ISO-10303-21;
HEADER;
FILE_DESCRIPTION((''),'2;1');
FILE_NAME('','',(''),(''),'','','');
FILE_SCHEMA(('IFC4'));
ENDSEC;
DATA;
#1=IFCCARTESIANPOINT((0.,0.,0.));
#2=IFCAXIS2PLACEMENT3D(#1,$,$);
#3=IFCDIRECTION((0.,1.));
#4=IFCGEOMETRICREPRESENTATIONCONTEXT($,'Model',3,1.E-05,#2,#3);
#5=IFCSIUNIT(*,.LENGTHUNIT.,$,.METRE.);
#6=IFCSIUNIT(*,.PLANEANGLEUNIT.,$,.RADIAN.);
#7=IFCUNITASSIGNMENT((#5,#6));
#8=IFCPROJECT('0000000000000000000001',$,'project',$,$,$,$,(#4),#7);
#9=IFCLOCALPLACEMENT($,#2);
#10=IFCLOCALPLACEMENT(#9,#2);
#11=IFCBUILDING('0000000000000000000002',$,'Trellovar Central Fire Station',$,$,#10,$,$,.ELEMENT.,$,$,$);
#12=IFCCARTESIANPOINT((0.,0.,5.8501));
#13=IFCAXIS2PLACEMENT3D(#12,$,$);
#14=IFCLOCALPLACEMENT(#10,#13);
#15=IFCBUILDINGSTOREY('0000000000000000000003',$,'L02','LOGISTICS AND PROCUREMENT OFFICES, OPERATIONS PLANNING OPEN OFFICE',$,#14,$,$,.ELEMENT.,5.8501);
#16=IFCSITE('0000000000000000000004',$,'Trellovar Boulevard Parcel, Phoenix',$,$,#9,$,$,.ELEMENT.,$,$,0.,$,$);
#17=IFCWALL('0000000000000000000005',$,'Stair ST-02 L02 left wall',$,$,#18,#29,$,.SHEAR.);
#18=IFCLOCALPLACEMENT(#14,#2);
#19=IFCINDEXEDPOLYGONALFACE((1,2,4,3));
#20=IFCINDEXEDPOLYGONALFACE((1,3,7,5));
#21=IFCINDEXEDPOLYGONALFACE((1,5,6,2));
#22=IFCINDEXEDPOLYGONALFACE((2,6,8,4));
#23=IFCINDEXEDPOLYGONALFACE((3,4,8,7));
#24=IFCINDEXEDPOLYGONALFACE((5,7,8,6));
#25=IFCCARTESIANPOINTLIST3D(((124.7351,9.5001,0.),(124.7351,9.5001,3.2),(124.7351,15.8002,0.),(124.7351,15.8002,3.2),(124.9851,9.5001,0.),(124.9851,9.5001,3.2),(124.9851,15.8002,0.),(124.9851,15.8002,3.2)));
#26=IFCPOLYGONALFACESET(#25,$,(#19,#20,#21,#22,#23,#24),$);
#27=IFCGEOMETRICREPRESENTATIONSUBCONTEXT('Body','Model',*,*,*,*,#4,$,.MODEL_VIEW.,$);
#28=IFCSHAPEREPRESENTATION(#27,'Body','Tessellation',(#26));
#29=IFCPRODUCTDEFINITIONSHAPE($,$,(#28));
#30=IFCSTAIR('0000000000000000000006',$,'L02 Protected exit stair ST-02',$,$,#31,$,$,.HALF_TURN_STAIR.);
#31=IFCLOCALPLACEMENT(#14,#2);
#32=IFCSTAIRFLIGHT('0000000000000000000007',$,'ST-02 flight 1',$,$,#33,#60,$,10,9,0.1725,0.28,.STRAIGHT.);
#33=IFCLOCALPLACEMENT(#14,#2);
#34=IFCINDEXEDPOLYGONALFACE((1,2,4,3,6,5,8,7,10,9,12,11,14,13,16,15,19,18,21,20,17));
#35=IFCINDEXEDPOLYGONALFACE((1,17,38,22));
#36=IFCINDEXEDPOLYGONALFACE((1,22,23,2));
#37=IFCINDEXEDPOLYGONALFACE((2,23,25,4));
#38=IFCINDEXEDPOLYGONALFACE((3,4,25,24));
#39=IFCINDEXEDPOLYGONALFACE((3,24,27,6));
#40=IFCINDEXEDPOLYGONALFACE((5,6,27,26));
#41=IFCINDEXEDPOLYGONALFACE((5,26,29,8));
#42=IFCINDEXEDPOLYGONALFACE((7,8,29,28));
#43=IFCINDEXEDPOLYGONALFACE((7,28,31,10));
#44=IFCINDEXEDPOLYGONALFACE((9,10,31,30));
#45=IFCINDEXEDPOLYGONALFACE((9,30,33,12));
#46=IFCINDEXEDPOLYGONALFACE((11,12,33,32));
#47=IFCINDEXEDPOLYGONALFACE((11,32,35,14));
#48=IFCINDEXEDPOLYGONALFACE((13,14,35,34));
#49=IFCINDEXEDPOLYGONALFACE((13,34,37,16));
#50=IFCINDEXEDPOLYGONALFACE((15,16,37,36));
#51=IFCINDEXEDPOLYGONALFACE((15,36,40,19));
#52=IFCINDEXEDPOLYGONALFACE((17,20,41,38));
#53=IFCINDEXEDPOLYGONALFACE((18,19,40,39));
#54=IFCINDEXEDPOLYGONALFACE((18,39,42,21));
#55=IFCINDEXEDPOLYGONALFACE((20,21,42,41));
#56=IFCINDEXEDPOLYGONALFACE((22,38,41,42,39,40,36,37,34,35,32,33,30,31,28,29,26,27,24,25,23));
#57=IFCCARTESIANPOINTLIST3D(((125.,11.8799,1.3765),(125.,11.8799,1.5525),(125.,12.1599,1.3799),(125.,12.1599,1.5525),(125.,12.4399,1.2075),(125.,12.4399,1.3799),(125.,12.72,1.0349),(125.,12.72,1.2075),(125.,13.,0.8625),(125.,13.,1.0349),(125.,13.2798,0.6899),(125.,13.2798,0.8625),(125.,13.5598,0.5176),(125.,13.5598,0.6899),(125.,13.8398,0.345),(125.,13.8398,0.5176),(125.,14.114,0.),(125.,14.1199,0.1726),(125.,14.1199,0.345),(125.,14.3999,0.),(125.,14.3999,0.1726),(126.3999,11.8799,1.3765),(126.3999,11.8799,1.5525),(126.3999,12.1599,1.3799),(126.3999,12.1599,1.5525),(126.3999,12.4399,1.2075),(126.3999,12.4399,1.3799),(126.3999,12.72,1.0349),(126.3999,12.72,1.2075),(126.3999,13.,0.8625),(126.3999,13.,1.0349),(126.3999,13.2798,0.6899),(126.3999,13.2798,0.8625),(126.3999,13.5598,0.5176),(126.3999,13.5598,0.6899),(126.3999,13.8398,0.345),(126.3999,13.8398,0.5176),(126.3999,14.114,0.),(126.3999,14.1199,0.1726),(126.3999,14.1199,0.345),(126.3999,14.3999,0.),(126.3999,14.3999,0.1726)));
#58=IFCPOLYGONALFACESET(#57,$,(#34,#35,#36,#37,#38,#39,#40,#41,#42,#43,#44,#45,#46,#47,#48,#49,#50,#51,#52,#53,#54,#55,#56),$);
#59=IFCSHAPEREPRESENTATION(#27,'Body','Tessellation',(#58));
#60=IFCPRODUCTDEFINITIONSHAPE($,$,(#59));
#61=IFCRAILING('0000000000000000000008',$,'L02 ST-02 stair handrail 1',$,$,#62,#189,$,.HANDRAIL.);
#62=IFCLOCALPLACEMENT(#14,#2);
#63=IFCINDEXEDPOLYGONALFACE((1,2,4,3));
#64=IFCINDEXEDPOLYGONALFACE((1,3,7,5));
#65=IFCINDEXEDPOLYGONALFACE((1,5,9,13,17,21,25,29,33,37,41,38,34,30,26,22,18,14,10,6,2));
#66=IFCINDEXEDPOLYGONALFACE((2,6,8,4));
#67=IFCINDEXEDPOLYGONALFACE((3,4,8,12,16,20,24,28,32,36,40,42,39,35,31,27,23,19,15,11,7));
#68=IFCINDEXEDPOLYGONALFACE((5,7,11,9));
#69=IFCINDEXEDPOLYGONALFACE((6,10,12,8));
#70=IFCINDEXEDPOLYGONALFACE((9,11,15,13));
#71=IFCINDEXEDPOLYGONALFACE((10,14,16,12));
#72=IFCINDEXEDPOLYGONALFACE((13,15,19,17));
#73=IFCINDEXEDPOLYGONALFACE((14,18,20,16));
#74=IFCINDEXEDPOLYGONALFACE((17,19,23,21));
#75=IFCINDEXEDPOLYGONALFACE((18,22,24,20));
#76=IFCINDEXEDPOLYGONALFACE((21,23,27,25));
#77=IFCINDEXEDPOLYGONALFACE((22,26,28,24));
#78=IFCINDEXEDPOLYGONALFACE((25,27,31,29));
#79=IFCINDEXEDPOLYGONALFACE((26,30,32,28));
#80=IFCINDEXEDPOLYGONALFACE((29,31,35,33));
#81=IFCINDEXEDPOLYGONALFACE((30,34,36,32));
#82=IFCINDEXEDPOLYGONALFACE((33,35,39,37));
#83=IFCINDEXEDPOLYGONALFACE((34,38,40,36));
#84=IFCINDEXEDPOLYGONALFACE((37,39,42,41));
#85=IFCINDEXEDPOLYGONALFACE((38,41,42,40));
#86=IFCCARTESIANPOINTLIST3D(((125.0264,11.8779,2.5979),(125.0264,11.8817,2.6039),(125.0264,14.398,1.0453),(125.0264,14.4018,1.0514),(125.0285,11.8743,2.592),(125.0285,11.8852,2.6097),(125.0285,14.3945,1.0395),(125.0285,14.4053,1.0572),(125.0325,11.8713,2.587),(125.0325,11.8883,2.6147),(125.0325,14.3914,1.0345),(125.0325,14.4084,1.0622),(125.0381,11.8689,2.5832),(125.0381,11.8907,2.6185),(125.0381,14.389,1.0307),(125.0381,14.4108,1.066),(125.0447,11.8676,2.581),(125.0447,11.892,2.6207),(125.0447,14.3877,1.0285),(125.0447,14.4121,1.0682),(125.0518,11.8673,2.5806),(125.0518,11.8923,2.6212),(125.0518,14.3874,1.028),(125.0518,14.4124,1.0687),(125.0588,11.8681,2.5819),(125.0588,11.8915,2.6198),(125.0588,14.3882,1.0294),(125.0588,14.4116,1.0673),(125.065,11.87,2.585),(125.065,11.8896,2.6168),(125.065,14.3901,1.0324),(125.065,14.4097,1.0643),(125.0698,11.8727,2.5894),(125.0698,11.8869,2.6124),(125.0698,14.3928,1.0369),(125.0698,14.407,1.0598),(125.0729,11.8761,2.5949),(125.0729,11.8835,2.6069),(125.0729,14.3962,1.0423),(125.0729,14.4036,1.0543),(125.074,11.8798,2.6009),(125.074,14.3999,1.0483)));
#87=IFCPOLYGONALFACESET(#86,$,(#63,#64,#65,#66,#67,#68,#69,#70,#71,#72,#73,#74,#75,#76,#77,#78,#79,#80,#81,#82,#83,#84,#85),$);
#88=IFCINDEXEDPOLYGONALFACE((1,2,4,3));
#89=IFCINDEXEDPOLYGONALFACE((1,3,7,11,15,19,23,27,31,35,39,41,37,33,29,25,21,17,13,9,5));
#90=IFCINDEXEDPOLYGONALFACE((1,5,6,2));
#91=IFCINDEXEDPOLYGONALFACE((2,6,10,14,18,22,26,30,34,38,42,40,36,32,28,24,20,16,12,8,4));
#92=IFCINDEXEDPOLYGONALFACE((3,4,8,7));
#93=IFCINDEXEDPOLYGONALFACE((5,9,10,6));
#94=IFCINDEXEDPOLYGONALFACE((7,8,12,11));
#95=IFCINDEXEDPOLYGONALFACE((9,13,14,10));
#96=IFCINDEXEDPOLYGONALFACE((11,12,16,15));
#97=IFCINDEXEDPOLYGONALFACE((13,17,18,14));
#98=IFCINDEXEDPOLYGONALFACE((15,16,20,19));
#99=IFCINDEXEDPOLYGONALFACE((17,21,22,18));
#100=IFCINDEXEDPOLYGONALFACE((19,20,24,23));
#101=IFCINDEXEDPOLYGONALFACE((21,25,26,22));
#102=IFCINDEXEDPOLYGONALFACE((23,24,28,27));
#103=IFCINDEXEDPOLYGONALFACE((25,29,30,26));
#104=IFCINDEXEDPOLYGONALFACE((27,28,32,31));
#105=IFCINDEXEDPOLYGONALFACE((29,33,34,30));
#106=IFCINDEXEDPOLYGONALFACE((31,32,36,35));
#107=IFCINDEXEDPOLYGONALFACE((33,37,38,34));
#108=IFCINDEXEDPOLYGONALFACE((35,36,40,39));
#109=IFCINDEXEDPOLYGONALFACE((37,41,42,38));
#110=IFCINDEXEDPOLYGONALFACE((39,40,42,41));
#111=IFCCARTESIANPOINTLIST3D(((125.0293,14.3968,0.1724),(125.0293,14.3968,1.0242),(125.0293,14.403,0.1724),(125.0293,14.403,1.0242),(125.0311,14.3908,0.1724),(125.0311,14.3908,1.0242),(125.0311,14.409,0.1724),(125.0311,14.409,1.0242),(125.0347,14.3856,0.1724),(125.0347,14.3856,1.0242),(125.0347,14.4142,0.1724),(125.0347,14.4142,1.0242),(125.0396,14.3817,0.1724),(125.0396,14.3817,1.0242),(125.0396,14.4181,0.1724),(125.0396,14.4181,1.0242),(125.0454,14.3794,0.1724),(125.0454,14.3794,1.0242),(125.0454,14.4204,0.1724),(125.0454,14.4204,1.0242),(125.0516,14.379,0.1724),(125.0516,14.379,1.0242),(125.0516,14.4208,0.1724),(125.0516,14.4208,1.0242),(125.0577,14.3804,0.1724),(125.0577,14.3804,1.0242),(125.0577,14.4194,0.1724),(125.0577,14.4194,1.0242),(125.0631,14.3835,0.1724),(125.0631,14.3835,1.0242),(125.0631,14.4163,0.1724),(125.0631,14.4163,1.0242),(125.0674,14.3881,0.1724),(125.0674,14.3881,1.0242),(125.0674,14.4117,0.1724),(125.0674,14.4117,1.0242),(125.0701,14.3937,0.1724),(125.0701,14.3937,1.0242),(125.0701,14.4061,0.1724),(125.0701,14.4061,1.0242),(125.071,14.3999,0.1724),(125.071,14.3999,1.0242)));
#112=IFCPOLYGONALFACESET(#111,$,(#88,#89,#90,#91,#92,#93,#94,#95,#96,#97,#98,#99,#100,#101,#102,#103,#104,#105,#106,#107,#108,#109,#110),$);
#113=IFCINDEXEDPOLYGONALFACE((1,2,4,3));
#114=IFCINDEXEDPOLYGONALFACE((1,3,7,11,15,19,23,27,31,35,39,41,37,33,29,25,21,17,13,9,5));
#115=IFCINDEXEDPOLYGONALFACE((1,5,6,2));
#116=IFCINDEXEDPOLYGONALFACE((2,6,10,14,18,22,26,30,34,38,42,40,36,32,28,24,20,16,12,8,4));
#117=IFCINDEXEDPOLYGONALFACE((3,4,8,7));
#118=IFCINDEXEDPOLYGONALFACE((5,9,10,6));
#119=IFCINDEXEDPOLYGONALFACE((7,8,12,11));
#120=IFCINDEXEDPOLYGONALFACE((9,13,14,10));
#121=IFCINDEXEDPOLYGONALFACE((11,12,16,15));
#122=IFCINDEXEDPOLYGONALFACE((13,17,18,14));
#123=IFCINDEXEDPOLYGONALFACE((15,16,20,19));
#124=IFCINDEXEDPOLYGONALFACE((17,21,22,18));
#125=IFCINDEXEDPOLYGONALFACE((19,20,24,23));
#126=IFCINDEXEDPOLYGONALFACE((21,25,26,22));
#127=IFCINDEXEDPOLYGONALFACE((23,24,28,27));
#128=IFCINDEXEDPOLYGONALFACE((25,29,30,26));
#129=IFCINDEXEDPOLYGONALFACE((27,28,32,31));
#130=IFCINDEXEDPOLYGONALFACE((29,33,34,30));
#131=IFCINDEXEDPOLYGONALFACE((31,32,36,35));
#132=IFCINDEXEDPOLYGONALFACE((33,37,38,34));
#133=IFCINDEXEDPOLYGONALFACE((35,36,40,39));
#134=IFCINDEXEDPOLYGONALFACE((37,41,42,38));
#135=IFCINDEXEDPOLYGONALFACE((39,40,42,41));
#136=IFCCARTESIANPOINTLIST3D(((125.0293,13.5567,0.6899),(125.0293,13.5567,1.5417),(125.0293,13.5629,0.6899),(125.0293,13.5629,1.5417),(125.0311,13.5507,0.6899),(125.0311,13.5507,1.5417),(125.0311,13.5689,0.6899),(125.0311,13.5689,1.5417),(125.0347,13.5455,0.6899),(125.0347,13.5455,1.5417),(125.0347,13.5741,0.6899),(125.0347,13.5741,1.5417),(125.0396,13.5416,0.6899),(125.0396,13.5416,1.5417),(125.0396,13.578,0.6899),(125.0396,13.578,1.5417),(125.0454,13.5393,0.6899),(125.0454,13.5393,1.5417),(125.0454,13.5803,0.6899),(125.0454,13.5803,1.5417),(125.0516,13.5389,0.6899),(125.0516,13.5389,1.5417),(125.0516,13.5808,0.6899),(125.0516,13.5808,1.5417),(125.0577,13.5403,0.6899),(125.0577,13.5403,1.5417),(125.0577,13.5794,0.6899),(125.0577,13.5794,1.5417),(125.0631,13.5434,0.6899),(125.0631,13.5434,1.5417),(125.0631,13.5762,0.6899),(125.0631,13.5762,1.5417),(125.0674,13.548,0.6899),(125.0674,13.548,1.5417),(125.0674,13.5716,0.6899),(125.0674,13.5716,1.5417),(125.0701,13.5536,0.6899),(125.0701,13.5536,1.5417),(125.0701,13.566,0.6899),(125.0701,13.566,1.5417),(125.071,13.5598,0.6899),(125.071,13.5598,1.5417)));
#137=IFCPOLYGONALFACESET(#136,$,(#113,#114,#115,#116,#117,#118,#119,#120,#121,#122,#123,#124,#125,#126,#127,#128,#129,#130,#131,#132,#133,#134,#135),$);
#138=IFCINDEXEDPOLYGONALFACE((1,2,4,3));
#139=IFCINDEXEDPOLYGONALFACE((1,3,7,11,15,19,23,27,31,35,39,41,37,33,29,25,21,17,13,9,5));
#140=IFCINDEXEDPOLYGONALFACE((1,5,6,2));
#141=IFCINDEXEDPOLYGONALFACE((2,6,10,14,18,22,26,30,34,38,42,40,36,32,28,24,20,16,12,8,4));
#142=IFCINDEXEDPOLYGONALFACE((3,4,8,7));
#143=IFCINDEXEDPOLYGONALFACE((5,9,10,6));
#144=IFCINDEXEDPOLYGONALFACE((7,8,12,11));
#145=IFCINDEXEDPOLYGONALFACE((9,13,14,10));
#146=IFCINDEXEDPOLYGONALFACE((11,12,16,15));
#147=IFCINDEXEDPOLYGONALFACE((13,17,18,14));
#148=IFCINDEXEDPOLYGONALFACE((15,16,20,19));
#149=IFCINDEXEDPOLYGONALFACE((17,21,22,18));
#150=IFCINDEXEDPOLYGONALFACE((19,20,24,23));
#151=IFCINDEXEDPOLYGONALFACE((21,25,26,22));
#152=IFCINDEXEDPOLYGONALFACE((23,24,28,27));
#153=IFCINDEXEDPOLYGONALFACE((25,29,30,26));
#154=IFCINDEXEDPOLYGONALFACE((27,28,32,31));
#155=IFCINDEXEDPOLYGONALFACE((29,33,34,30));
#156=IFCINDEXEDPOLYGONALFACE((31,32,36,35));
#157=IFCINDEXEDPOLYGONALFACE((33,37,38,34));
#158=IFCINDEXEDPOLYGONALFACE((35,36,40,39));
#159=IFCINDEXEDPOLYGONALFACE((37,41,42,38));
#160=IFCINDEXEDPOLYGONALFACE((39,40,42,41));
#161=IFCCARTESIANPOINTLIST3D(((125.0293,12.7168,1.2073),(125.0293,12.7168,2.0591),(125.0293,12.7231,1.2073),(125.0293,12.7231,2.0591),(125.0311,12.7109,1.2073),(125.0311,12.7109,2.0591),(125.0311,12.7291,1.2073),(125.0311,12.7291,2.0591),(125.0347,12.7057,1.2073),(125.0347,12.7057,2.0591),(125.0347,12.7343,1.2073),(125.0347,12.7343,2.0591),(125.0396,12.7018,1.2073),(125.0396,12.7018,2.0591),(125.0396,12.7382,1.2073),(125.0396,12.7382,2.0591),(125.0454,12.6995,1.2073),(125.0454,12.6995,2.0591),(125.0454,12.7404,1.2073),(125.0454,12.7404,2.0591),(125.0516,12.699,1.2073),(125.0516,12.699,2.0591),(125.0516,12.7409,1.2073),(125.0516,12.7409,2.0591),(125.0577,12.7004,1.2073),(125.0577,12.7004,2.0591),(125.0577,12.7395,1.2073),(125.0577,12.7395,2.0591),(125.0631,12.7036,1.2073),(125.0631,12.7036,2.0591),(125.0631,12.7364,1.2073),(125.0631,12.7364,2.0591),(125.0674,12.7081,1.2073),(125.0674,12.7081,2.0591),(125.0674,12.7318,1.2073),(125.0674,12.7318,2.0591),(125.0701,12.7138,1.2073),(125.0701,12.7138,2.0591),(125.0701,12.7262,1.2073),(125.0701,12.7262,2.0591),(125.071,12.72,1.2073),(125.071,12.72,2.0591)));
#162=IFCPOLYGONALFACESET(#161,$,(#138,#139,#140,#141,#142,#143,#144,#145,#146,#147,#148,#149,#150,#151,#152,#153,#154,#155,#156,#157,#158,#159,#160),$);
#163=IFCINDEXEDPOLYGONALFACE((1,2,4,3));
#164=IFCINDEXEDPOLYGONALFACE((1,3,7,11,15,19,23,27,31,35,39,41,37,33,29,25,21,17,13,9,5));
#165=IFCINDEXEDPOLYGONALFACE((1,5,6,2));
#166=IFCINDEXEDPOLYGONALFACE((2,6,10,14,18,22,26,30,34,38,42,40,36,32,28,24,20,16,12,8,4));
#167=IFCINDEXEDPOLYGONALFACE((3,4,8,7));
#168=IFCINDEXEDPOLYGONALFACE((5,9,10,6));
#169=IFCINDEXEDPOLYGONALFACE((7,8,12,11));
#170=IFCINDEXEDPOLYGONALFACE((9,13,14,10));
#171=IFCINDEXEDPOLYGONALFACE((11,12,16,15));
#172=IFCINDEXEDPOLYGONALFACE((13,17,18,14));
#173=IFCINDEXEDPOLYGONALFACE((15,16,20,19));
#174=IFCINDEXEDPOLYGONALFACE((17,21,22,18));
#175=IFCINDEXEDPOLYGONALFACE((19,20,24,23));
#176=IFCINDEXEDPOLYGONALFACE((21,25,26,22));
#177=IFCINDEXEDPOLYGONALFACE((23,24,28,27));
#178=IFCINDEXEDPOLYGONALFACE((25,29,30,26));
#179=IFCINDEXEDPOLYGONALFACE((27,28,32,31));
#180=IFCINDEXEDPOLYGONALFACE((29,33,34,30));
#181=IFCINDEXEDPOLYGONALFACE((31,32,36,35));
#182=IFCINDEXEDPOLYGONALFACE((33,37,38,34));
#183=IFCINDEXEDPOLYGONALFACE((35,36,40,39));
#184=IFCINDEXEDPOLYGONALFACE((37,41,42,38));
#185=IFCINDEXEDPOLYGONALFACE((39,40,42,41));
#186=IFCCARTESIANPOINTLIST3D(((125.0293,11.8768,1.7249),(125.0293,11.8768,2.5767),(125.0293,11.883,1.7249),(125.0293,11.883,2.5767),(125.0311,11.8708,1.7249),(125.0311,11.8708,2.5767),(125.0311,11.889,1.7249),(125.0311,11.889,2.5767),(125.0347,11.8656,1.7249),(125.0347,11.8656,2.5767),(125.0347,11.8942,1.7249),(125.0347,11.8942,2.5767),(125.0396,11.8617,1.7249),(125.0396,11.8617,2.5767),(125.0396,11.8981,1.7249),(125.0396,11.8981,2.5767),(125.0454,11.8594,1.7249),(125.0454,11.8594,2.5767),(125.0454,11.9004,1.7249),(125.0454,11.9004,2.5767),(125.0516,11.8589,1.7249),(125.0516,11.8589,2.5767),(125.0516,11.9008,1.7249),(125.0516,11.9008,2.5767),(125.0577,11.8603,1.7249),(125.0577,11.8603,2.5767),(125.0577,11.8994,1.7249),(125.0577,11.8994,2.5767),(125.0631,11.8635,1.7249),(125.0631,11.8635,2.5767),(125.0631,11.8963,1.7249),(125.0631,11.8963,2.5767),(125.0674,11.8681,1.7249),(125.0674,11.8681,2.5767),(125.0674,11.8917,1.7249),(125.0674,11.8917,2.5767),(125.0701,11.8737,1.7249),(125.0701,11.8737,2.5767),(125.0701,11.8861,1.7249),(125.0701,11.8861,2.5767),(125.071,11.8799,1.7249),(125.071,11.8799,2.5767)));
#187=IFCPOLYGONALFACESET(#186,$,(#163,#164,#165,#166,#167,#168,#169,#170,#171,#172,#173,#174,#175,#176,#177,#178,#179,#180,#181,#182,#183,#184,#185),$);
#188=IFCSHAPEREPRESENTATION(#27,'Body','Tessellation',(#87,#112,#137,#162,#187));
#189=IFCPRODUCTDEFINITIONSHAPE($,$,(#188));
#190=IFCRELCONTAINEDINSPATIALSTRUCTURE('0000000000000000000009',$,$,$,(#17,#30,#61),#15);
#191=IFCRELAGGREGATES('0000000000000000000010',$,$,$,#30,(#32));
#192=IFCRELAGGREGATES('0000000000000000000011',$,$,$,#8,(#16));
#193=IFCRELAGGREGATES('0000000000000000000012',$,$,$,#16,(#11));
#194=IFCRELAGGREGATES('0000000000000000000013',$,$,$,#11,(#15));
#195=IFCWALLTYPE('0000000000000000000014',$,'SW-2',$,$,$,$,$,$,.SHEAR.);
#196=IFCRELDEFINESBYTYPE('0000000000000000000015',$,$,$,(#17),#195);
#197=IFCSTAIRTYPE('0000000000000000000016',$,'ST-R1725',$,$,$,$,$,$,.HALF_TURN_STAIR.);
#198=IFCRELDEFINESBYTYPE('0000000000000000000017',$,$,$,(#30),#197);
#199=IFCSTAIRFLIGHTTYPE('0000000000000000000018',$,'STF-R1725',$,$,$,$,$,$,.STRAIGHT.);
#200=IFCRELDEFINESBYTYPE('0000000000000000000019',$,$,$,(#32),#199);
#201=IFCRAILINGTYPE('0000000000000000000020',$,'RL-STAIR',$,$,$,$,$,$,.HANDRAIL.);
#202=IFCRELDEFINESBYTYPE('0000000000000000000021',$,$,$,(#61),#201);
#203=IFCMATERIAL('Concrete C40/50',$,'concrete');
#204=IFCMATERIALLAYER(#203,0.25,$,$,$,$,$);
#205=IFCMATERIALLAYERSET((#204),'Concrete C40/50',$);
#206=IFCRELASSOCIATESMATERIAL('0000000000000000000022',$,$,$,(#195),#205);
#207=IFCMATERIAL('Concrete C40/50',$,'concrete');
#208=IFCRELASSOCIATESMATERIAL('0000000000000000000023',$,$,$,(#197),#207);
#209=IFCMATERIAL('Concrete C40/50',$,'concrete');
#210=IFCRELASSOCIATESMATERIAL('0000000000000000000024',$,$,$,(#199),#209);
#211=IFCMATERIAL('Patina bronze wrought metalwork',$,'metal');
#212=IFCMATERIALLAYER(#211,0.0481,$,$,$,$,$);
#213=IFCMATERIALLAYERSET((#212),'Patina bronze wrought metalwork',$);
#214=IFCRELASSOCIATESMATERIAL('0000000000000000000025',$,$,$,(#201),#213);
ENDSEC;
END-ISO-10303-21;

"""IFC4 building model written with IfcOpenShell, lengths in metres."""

from ifc_helpers import new_model, si_unit, direction, frame, frame_2d, origin, origin_2d, place, context, subcontext, project, spatial, polyline, rectangle, circle, outline, extrude, material, layer, layer_set, type_object, element, aggregate, save


model = new_model("IFC4")

# Units and contexts
model_context = context("Model", 3, precision=1e-05, world=origin(), true_north=direction((0.0, 1.0)))
body_context = subcontext(model_context, "Body", "Model", "MODEL_VIEW")
ifc_project = project(units=[si_unit("LENGTHUNIT", "METRE"), si_unit("PLANEANGLEUNIT", "RADIAN")], contexts=[model_context])

# Site, building, storey
site_placement = place(None, origin())
site = spatial("IfcSite", under=ifc_project, at=site_placement, Name="Trellovar Boulevard Parcel, Phoenix", CompositionType="ELEMENT", RefElevation=0.0)
building_placement = place(site_placement, origin())
building = spatial("IfcBuilding", under=site, at=building_placement, Name="Trellovar Central Fire Station", CompositionType="ELEMENT")
storey_placement = place(building_placement, frame((0.0, 0.0, 5.8501)))
storey = spatial("IfcBuildingStorey", under=building, at=storey_placement, Name="L02", Description="LOGISTICS AND PROCUREMENT OFFICES, OPERATIONS PLANNING OPEN OFFICE", CompositionType="ELEMENT", Elevation=5.8501)

# Wall
ifc_material_1 = material(Name="Concrete C40/50", Category="concrete")
ifc_layer_1 = layer(ifc_material_1, 0.25)
ifc_layer_set_1 = layer_set([ifc_layer_1], Name="Concrete C40/50")
wall_type_1 = type_object("IfcWallType", Name="SW-2", PredefinedType="SHEAR", material=ifc_layer_set_1)
wall_1_placement = place(storey_placement, frame((124.8601, 15.8, 0.0), z_axis=(0.0, 0.0, 1.0), x_axis=(0.0, -1.0, 0.0)))
element("IfcWall", 1, at=wall_1_placement, inside=storey, type_object=wall_type_1, Name="Stair ST-02 L02 left wall", PredefinedType="SHEAR", context=body_context, shape_type="SweptSolid", body=[
    extrude(rectangle(XDim=6.3, YDim=0.25, at=frame_2d((3.1499, 0.0))), origin(), (0.0, 0.0, 1.0), 3.2),
])

# Stair, stair flight
ifc_material_2 = material(Name="Concrete C40/50", Category="concrete")
stair_type = type_object("IfcStairType", Name="ST-R1725", PredefinedType="HALF_TURN_STAIR", material=ifc_material_2)
stair_placement = place(storey_placement, origin())
stair = element("IfcStair", 2, at=stair_placement, inside=storey, type_object=stair_type, Name="L02 Protected exit stair ST-02", PredefinedType="HALF_TURN_STAIR")
ifc_material_3 = material(Name="Concrete C40/50", Category="concrete")
stair_flight_type = type_object("IfcStairFlightType", Name="STF-R1725", PredefinedType="STRAIGHT", material=ifc_material_3)
stair_flight_placement = place(storey_placement, frame((125.7, 14.3999, 0.0), z_axis=(0.0, 0.0, 1.0), x_axis=(0.0, -1.0, 0.0)))
stair_flight = element("IfcStairFlight", 3, at=stair_flight_placement, type_object=stair_flight_type, Name="ST-02 flight 1", NumberOfRisers=10, NumberOfTreads=9, PredefinedType="STRAIGHT", RiserHeight=0.1725, TreadLength=0.28, context=body_context, shape_type="SweptSolid", body=[
    extrude(outline(polyline([(0.0, 0.0), (0.0, 0.1726), (0.28, 0.1726), (0.28, 0.345), (0.5601, 0.345), (0.5601, 0.5176), (0.8401, 0.5176), (0.8401, 0.6899), (1.1201, 0.6899), (1.1201, 0.8625), (1.3999, 0.8625), (1.3999, 1.0349), (1.6799, 1.0349), (1.6799, 1.2075), (1.96, 1.2075), (1.96, 1.3799), (2.24, 1.3799), (2.24, 1.5525), (2.52, 1.5525), (2.52, 1.7251), (2.52, 1.3765), (0.2859, 0.0), (0.0, 0.0)])), frame((0.0, 0.7, 0.0), z_axis=(0.0, -1.0, 0.0), x_axis=(1.0, 0.0, 0.0)), (0.0, 0.0, 1.0), 1.3999),
])
aggregate(stair, [stair_flight])

# Railing
ifc_material_4 = material(Name="Patina bronze wrought metalwork", Category="metal")
ifc_layer_2 = layer(ifc_material_4, 0.0481)
ifc_layer_set_2 = layer_set([ifc_layer_2], Name="Patina bronze wrought metalwork")
railing_type_1 = type_object("IfcRailingType", Name="RL-STAIR", PredefinedType="HANDRAIL", material=ifc_layer_set_2)
railing_1_placement = place(storey_placement, frame((125.05, 14.3999, 0.1724)))
element("IfcRailing", 4, at=railing_1_placement, inside=storey, type_object=railing_type_1, Name="L02 ST-02 stair handrail 1", PredefinedType="HANDRAIL", context=body_context, shape_type="SweptSolid", body=[
    extrude(circle(Radius=0.0239, at=origin_2d()), frame((0.0, 0.0, 0.876), z_axis=(0.0, -0.8514, 0.524516), x_axis=(1.0, 0.0, 0.0)), (0.0, 0.0, 1.0), 2.96),
    extrude(circle(Radius=0.021, at=origin_2d()), origin(), (0.0, 0.0, 1.0), 0.8518),
    extrude(circle(Radius=0.021, at=origin_2d()), frame((0.0, -0.8401, 0.5176)), (0.0, 0.0, 1.0), 0.8518),
    extrude(circle(Radius=0.021, at=origin_2d()), frame((0.0, -1.6799, 1.0349)), (0.0, 0.0, 1.0), 0.8518),
    extrude(circle(Radius=0.021, at=origin_2d()), frame((0.0, -2.52, 1.5525)), (0.0, 0.0, 1.0), 0.8518),
])

save(model, "model.ifc")
